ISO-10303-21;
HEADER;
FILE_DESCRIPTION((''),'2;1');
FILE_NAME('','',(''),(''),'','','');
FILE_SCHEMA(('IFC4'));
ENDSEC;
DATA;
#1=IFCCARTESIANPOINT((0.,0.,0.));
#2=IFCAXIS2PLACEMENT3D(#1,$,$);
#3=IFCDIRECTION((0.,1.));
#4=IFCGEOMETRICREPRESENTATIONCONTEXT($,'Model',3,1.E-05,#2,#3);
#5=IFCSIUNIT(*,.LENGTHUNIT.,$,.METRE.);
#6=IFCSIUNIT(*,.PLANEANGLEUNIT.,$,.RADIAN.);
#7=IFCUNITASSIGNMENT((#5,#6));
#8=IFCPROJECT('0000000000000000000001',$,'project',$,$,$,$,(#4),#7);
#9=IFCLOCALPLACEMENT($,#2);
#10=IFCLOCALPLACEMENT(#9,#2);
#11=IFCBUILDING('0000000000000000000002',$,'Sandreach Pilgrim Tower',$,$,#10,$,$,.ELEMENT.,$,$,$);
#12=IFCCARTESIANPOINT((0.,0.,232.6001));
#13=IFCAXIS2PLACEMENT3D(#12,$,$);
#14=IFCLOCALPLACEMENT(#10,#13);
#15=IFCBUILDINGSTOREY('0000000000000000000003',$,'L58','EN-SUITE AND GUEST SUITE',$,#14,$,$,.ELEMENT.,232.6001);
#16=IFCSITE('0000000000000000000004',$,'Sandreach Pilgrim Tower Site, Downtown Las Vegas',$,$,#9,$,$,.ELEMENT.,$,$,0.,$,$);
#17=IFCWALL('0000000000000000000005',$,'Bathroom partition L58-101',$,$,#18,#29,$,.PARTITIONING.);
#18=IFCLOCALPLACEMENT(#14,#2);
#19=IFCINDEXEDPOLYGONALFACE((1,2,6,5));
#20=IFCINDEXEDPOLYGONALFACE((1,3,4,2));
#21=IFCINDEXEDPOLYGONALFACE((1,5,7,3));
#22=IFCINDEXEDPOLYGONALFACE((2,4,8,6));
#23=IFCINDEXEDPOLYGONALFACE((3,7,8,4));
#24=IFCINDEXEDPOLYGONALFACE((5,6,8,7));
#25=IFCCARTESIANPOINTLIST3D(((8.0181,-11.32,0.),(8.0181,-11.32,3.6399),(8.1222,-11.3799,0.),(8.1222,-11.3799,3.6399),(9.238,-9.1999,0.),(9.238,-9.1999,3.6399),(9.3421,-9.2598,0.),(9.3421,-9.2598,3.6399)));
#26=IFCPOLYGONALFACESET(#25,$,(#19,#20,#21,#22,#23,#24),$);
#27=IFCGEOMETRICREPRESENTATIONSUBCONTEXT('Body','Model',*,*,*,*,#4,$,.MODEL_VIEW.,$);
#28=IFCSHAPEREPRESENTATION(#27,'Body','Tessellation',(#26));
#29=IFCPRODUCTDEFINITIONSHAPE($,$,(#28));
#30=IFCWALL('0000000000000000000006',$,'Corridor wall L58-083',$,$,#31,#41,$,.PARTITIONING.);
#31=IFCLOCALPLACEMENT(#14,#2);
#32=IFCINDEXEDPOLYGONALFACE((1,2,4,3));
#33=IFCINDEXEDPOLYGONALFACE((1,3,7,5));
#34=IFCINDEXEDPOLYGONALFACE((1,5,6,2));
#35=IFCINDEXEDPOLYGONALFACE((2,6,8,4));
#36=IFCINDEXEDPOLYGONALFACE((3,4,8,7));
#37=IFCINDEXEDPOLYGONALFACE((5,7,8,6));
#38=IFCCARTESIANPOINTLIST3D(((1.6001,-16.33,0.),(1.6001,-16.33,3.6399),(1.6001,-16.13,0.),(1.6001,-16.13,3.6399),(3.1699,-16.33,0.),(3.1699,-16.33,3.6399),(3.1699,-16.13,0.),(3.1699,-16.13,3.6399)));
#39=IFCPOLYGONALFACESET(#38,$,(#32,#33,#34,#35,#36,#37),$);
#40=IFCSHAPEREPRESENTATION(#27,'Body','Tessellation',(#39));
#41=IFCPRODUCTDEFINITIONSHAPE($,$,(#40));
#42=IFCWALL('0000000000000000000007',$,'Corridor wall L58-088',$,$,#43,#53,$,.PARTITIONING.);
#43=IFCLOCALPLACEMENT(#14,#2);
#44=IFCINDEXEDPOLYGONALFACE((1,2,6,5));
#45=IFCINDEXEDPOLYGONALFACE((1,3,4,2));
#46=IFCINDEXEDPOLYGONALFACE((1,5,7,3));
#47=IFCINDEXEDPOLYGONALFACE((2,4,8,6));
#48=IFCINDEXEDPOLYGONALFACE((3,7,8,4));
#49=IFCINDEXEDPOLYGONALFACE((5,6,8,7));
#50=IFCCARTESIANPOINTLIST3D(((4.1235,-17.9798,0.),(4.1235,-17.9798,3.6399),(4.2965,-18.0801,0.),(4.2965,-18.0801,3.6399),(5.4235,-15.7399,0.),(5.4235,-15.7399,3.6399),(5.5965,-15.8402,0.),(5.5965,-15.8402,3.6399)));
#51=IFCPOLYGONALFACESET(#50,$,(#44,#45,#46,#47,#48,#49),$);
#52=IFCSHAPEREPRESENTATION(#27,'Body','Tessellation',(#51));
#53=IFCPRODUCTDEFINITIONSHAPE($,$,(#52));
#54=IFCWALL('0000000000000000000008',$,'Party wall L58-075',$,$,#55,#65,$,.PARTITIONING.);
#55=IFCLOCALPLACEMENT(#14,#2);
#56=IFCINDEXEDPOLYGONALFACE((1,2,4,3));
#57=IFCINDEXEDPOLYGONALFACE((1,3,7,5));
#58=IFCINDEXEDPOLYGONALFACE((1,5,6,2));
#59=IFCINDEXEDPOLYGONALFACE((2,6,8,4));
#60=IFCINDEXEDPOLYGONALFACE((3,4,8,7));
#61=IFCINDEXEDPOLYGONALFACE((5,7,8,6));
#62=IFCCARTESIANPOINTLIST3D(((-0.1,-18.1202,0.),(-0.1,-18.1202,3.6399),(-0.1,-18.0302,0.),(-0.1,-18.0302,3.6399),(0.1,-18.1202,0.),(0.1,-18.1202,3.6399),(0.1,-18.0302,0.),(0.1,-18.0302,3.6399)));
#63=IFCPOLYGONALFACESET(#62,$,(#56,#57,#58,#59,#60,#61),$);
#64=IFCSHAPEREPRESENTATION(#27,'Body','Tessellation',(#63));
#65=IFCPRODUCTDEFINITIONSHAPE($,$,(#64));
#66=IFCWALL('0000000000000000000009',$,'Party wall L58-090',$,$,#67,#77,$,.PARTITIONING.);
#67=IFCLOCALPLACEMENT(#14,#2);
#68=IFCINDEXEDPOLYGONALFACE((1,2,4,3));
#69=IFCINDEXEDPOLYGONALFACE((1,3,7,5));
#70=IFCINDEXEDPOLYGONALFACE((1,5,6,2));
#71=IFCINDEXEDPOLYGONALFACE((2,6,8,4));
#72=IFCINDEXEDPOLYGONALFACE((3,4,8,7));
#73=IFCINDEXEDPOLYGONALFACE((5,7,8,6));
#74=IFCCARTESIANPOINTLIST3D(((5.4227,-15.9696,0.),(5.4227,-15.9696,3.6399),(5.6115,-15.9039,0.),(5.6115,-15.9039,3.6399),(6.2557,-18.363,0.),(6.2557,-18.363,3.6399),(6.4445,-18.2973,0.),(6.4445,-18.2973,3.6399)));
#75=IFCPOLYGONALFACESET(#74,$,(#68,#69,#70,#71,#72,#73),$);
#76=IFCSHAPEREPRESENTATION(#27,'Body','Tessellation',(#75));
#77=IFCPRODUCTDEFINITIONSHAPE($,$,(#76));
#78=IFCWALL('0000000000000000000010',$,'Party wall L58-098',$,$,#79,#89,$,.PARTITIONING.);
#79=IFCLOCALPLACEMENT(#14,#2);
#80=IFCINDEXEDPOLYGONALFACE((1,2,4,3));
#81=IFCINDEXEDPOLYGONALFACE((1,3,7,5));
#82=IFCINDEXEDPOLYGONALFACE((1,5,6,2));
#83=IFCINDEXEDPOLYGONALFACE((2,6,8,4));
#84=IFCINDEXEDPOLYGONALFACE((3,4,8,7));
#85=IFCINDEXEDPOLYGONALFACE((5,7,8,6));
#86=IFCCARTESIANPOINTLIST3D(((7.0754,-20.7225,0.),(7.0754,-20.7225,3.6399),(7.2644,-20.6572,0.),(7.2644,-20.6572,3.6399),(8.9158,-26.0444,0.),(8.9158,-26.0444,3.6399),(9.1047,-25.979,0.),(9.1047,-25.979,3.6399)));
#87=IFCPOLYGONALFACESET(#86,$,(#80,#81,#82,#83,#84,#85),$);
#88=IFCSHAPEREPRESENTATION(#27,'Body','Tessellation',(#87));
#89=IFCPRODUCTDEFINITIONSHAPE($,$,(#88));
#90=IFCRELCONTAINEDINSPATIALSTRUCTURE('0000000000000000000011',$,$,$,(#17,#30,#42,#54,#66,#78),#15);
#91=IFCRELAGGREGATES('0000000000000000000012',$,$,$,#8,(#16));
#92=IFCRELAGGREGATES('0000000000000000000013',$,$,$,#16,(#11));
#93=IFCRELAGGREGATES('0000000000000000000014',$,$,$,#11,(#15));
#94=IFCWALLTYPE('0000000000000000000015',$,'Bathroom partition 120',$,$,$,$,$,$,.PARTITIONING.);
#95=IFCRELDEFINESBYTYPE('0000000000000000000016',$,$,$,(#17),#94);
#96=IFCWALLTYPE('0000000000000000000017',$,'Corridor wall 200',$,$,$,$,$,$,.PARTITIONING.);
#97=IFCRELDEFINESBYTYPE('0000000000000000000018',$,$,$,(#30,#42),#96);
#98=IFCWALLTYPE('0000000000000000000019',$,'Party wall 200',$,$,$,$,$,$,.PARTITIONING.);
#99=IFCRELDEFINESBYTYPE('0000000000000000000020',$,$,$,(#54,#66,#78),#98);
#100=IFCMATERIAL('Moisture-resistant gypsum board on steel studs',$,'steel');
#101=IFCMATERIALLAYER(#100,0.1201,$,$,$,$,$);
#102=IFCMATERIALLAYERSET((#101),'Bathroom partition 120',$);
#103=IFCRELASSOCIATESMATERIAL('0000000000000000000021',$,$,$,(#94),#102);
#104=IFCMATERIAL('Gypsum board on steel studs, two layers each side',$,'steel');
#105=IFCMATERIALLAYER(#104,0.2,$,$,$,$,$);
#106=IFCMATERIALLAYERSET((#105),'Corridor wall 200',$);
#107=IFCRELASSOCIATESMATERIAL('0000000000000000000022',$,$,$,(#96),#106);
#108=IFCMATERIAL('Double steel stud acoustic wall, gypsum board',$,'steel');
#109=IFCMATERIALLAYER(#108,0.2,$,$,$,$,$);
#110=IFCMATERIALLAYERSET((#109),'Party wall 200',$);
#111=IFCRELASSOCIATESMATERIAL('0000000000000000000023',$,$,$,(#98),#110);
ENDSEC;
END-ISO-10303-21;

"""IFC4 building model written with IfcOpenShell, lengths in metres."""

from ifc_helpers import new_model, si_unit, direction, frame, frame_2d, origin, place, context, subcontext, project, spatial, rectangle, extrude, material, layer, layer_set, type_object, element, save


model = new_model("IFC4")

# Units and contexts
model_context = context("Model", 3, precision=1e-05, world=origin(), true_north=direction((0.0, 1.0)))
body_context = subcontext(model_context, "Body", "Model", "MODEL_VIEW")
ifc_project = project(units=[si_unit("LENGTHUNIT", "METRE"), si_unit("PLANEANGLEUNIT", "RADIAN")], contexts=[model_context])

# Site, building, storey
site_placement = place(None, origin())
site = spatial("IfcSite", under=ifc_project, at=site_placement, Name="Sandreach Pilgrim Tower Site, Downtown Las Vegas", CompositionType="ELEMENT", RefElevation=0.0)
building_placement = place(site_placement, origin())
building = spatial("IfcBuilding", under=site, at=building_placement, Name="Sandreach Pilgrim Tower", CompositionType="ELEMENT")
storey_placement = place(building_placement, frame((0.0, 0.0, 232.6001)))
storey = spatial("IfcBuildingStorey", under=building, at=storey_placement, Name="L58", Description="EN-SUITE AND GUEST SUITE", CompositionType="ELEMENT", Elevation=232.6001)

# Shared definitions
ifc_material_1 = material(Name="Moisture-resistant gypsum board on steel studs", Category="steel")
ifc_layer_1 = layer(ifc_material_1, 0.1201)
ifc_layer_set_1 = layer_set([ifc_layer_1], Name="Bathroom partition 120")
wall_type_1 = type_object("IfcWallType", Name="Bathroom partition 120", PredefinedType="PARTITIONING", material=ifc_layer_set_1)

# Wall
wall_1_placement = place(storey_placement, frame((8.0701, -11.3501, 0.0), z_axis=(0.0, 0.0, 1.0), x_axis=(0.498749, 0.866747, 0.0)))
element("IfcWall", 1, at=wall_1_placement, inside=storey, type_object=wall_type_1, Name="Bathroom partition L58-101", PredefinedType="PARTITIONING", context=body_context, shape_type="SweptSolid", body=[
    extrude(rectangle(XDim=2.446, YDim=0.1201, at=frame_2d((1.2231, 0.0))), origin(), (0.0, 0.0, 1.0), 3.6399),
])

# Shared definitions
ifc_material_2 = material(Name="Gypsum board on steel studs, two layers each side", Category="steel")
ifc_layer_2 = layer(ifc_material_2, 0.2)
ifc_layer_set_2 = layer_set([ifc_layer_2], Name="Corridor wall 200")
wall_type_2 = type_object("IfcWallType", Name="Corridor wall 200", PredefinedType="PARTITIONING", material=ifc_layer_set_2)

# Walls
wall_2_placement = place(storey_placement, frame((3.1699, -16.23, 0.0), z_axis=(0.0, 0.0, 1.0), x_axis=(-1.0, 0.0, 0.0)))
element("IfcWall", 2, at=wall_2_placement, inside=storey, type_object=wall_type_2, Name="Corridor wall L58-083", PredefinedType="PARTITIONING", context=body_context, shape_type="SweptSolid", body=[
    extrude(rectangle(XDim=1.5698, YDim=0.2, at=frame_2d((0.7849, 0.0))), origin(), (0.0, 0.0, 1.0), 3.6399),
])
wall_3_placement = place(storey_placement, frame((5.51, -15.79, 0.0), z_axis=(0.0, 0.0, 1.0), x_axis=(-0.501965, -0.864888, 0.0)))
element("IfcWall", 3, at=wall_3_placement, inside=storey, type_object=wall_type_2, Name="Corridor wall L58-088", PredefinedType="PARTITIONING", context=body_context, shape_type="SweptSolid", body=[
    extrude(rectangle(XDim=2.5898, YDim=0.2, at=frame_2d((1.2949, 0.0))), origin(), (0.0, 0.0, 1.0), 3.6399),
])
ifc_material_3 = material(Name="Double steel stud acoustic wall, gypsum board", Category="steel")
ifc_layer_3 = layer(ifc_material_3, 0.2)
ifc_layer_set_3 = layer_set([ifc_layer_3], Name="Party wall 200")
wall_type_3 = type_object("IfcWallType", Name="Party wall 200", PredefinedType="PARTITIONING", material=ifc_layer_set_3)
wall_4_placement = place(storey_placement, frame((0.0, -18.1201, 0.0), z_axis=(0.0, 0.0, 1.0), x_axis=(0.0, 1.0, 0.0)))
element("IfcWall", 4, at=wall_4_placement, inside=storey, type_object=wall_type_3, Name="Party wall L58-075", PredefinedType="PARTITIONING", context=body_context, shape_type="SweptSolid", body=[
    extrude(rectangle(XDim=0.0901, YDim=0.2, at=frame_2d((0.0449, 0.0))), origin(), (0.0, 0.0, 1.0), 3.6399),
])
wall_5_placement = place(storey_placement, frame((5.5171, -15.9368, 0.0), z_axis=(0.0, 0.0, 1.0), x_axis=(0.328715, -0.944429, 0.0)))
element("IfcWall", 5, at=wall_5_placement, inside=storey, type_object=wall_type_3, Name="Party wall L58-090", PredefinedType="PARTITIONING", context=body_context, shape_type="SweptSolid", body=[
    extrude(rectangle(XDim=2.5342, YDim=0.2, at=frame_2d((1.2671, 0.0))), origin(), (0.0, 0.0, 1.0), 3.6399),
])
wall_6_placement = place(storey_placement, frame((7.1699, -20.6899, 0.0), z_axis=(0.0, 0.0, 1.0), x_axis=(0.326822, -0.945086, 0.0)))
element("IfcWall", 6, at=wall_6_placement, inside=storey, type_object=wall_type_3, Name="Party wall L58-098", PredefinedType="PARTITIONING", context=body_context, shape_type="SweptSolid", body=[
    extrude(rectangle(XDim=5.6311, YDim=0.2, at=frame_2d((2.8154, 0.0))), origin(), (0.0, 0.0, 1.0), 3.6399),
])

save(model, "model.ifc")
